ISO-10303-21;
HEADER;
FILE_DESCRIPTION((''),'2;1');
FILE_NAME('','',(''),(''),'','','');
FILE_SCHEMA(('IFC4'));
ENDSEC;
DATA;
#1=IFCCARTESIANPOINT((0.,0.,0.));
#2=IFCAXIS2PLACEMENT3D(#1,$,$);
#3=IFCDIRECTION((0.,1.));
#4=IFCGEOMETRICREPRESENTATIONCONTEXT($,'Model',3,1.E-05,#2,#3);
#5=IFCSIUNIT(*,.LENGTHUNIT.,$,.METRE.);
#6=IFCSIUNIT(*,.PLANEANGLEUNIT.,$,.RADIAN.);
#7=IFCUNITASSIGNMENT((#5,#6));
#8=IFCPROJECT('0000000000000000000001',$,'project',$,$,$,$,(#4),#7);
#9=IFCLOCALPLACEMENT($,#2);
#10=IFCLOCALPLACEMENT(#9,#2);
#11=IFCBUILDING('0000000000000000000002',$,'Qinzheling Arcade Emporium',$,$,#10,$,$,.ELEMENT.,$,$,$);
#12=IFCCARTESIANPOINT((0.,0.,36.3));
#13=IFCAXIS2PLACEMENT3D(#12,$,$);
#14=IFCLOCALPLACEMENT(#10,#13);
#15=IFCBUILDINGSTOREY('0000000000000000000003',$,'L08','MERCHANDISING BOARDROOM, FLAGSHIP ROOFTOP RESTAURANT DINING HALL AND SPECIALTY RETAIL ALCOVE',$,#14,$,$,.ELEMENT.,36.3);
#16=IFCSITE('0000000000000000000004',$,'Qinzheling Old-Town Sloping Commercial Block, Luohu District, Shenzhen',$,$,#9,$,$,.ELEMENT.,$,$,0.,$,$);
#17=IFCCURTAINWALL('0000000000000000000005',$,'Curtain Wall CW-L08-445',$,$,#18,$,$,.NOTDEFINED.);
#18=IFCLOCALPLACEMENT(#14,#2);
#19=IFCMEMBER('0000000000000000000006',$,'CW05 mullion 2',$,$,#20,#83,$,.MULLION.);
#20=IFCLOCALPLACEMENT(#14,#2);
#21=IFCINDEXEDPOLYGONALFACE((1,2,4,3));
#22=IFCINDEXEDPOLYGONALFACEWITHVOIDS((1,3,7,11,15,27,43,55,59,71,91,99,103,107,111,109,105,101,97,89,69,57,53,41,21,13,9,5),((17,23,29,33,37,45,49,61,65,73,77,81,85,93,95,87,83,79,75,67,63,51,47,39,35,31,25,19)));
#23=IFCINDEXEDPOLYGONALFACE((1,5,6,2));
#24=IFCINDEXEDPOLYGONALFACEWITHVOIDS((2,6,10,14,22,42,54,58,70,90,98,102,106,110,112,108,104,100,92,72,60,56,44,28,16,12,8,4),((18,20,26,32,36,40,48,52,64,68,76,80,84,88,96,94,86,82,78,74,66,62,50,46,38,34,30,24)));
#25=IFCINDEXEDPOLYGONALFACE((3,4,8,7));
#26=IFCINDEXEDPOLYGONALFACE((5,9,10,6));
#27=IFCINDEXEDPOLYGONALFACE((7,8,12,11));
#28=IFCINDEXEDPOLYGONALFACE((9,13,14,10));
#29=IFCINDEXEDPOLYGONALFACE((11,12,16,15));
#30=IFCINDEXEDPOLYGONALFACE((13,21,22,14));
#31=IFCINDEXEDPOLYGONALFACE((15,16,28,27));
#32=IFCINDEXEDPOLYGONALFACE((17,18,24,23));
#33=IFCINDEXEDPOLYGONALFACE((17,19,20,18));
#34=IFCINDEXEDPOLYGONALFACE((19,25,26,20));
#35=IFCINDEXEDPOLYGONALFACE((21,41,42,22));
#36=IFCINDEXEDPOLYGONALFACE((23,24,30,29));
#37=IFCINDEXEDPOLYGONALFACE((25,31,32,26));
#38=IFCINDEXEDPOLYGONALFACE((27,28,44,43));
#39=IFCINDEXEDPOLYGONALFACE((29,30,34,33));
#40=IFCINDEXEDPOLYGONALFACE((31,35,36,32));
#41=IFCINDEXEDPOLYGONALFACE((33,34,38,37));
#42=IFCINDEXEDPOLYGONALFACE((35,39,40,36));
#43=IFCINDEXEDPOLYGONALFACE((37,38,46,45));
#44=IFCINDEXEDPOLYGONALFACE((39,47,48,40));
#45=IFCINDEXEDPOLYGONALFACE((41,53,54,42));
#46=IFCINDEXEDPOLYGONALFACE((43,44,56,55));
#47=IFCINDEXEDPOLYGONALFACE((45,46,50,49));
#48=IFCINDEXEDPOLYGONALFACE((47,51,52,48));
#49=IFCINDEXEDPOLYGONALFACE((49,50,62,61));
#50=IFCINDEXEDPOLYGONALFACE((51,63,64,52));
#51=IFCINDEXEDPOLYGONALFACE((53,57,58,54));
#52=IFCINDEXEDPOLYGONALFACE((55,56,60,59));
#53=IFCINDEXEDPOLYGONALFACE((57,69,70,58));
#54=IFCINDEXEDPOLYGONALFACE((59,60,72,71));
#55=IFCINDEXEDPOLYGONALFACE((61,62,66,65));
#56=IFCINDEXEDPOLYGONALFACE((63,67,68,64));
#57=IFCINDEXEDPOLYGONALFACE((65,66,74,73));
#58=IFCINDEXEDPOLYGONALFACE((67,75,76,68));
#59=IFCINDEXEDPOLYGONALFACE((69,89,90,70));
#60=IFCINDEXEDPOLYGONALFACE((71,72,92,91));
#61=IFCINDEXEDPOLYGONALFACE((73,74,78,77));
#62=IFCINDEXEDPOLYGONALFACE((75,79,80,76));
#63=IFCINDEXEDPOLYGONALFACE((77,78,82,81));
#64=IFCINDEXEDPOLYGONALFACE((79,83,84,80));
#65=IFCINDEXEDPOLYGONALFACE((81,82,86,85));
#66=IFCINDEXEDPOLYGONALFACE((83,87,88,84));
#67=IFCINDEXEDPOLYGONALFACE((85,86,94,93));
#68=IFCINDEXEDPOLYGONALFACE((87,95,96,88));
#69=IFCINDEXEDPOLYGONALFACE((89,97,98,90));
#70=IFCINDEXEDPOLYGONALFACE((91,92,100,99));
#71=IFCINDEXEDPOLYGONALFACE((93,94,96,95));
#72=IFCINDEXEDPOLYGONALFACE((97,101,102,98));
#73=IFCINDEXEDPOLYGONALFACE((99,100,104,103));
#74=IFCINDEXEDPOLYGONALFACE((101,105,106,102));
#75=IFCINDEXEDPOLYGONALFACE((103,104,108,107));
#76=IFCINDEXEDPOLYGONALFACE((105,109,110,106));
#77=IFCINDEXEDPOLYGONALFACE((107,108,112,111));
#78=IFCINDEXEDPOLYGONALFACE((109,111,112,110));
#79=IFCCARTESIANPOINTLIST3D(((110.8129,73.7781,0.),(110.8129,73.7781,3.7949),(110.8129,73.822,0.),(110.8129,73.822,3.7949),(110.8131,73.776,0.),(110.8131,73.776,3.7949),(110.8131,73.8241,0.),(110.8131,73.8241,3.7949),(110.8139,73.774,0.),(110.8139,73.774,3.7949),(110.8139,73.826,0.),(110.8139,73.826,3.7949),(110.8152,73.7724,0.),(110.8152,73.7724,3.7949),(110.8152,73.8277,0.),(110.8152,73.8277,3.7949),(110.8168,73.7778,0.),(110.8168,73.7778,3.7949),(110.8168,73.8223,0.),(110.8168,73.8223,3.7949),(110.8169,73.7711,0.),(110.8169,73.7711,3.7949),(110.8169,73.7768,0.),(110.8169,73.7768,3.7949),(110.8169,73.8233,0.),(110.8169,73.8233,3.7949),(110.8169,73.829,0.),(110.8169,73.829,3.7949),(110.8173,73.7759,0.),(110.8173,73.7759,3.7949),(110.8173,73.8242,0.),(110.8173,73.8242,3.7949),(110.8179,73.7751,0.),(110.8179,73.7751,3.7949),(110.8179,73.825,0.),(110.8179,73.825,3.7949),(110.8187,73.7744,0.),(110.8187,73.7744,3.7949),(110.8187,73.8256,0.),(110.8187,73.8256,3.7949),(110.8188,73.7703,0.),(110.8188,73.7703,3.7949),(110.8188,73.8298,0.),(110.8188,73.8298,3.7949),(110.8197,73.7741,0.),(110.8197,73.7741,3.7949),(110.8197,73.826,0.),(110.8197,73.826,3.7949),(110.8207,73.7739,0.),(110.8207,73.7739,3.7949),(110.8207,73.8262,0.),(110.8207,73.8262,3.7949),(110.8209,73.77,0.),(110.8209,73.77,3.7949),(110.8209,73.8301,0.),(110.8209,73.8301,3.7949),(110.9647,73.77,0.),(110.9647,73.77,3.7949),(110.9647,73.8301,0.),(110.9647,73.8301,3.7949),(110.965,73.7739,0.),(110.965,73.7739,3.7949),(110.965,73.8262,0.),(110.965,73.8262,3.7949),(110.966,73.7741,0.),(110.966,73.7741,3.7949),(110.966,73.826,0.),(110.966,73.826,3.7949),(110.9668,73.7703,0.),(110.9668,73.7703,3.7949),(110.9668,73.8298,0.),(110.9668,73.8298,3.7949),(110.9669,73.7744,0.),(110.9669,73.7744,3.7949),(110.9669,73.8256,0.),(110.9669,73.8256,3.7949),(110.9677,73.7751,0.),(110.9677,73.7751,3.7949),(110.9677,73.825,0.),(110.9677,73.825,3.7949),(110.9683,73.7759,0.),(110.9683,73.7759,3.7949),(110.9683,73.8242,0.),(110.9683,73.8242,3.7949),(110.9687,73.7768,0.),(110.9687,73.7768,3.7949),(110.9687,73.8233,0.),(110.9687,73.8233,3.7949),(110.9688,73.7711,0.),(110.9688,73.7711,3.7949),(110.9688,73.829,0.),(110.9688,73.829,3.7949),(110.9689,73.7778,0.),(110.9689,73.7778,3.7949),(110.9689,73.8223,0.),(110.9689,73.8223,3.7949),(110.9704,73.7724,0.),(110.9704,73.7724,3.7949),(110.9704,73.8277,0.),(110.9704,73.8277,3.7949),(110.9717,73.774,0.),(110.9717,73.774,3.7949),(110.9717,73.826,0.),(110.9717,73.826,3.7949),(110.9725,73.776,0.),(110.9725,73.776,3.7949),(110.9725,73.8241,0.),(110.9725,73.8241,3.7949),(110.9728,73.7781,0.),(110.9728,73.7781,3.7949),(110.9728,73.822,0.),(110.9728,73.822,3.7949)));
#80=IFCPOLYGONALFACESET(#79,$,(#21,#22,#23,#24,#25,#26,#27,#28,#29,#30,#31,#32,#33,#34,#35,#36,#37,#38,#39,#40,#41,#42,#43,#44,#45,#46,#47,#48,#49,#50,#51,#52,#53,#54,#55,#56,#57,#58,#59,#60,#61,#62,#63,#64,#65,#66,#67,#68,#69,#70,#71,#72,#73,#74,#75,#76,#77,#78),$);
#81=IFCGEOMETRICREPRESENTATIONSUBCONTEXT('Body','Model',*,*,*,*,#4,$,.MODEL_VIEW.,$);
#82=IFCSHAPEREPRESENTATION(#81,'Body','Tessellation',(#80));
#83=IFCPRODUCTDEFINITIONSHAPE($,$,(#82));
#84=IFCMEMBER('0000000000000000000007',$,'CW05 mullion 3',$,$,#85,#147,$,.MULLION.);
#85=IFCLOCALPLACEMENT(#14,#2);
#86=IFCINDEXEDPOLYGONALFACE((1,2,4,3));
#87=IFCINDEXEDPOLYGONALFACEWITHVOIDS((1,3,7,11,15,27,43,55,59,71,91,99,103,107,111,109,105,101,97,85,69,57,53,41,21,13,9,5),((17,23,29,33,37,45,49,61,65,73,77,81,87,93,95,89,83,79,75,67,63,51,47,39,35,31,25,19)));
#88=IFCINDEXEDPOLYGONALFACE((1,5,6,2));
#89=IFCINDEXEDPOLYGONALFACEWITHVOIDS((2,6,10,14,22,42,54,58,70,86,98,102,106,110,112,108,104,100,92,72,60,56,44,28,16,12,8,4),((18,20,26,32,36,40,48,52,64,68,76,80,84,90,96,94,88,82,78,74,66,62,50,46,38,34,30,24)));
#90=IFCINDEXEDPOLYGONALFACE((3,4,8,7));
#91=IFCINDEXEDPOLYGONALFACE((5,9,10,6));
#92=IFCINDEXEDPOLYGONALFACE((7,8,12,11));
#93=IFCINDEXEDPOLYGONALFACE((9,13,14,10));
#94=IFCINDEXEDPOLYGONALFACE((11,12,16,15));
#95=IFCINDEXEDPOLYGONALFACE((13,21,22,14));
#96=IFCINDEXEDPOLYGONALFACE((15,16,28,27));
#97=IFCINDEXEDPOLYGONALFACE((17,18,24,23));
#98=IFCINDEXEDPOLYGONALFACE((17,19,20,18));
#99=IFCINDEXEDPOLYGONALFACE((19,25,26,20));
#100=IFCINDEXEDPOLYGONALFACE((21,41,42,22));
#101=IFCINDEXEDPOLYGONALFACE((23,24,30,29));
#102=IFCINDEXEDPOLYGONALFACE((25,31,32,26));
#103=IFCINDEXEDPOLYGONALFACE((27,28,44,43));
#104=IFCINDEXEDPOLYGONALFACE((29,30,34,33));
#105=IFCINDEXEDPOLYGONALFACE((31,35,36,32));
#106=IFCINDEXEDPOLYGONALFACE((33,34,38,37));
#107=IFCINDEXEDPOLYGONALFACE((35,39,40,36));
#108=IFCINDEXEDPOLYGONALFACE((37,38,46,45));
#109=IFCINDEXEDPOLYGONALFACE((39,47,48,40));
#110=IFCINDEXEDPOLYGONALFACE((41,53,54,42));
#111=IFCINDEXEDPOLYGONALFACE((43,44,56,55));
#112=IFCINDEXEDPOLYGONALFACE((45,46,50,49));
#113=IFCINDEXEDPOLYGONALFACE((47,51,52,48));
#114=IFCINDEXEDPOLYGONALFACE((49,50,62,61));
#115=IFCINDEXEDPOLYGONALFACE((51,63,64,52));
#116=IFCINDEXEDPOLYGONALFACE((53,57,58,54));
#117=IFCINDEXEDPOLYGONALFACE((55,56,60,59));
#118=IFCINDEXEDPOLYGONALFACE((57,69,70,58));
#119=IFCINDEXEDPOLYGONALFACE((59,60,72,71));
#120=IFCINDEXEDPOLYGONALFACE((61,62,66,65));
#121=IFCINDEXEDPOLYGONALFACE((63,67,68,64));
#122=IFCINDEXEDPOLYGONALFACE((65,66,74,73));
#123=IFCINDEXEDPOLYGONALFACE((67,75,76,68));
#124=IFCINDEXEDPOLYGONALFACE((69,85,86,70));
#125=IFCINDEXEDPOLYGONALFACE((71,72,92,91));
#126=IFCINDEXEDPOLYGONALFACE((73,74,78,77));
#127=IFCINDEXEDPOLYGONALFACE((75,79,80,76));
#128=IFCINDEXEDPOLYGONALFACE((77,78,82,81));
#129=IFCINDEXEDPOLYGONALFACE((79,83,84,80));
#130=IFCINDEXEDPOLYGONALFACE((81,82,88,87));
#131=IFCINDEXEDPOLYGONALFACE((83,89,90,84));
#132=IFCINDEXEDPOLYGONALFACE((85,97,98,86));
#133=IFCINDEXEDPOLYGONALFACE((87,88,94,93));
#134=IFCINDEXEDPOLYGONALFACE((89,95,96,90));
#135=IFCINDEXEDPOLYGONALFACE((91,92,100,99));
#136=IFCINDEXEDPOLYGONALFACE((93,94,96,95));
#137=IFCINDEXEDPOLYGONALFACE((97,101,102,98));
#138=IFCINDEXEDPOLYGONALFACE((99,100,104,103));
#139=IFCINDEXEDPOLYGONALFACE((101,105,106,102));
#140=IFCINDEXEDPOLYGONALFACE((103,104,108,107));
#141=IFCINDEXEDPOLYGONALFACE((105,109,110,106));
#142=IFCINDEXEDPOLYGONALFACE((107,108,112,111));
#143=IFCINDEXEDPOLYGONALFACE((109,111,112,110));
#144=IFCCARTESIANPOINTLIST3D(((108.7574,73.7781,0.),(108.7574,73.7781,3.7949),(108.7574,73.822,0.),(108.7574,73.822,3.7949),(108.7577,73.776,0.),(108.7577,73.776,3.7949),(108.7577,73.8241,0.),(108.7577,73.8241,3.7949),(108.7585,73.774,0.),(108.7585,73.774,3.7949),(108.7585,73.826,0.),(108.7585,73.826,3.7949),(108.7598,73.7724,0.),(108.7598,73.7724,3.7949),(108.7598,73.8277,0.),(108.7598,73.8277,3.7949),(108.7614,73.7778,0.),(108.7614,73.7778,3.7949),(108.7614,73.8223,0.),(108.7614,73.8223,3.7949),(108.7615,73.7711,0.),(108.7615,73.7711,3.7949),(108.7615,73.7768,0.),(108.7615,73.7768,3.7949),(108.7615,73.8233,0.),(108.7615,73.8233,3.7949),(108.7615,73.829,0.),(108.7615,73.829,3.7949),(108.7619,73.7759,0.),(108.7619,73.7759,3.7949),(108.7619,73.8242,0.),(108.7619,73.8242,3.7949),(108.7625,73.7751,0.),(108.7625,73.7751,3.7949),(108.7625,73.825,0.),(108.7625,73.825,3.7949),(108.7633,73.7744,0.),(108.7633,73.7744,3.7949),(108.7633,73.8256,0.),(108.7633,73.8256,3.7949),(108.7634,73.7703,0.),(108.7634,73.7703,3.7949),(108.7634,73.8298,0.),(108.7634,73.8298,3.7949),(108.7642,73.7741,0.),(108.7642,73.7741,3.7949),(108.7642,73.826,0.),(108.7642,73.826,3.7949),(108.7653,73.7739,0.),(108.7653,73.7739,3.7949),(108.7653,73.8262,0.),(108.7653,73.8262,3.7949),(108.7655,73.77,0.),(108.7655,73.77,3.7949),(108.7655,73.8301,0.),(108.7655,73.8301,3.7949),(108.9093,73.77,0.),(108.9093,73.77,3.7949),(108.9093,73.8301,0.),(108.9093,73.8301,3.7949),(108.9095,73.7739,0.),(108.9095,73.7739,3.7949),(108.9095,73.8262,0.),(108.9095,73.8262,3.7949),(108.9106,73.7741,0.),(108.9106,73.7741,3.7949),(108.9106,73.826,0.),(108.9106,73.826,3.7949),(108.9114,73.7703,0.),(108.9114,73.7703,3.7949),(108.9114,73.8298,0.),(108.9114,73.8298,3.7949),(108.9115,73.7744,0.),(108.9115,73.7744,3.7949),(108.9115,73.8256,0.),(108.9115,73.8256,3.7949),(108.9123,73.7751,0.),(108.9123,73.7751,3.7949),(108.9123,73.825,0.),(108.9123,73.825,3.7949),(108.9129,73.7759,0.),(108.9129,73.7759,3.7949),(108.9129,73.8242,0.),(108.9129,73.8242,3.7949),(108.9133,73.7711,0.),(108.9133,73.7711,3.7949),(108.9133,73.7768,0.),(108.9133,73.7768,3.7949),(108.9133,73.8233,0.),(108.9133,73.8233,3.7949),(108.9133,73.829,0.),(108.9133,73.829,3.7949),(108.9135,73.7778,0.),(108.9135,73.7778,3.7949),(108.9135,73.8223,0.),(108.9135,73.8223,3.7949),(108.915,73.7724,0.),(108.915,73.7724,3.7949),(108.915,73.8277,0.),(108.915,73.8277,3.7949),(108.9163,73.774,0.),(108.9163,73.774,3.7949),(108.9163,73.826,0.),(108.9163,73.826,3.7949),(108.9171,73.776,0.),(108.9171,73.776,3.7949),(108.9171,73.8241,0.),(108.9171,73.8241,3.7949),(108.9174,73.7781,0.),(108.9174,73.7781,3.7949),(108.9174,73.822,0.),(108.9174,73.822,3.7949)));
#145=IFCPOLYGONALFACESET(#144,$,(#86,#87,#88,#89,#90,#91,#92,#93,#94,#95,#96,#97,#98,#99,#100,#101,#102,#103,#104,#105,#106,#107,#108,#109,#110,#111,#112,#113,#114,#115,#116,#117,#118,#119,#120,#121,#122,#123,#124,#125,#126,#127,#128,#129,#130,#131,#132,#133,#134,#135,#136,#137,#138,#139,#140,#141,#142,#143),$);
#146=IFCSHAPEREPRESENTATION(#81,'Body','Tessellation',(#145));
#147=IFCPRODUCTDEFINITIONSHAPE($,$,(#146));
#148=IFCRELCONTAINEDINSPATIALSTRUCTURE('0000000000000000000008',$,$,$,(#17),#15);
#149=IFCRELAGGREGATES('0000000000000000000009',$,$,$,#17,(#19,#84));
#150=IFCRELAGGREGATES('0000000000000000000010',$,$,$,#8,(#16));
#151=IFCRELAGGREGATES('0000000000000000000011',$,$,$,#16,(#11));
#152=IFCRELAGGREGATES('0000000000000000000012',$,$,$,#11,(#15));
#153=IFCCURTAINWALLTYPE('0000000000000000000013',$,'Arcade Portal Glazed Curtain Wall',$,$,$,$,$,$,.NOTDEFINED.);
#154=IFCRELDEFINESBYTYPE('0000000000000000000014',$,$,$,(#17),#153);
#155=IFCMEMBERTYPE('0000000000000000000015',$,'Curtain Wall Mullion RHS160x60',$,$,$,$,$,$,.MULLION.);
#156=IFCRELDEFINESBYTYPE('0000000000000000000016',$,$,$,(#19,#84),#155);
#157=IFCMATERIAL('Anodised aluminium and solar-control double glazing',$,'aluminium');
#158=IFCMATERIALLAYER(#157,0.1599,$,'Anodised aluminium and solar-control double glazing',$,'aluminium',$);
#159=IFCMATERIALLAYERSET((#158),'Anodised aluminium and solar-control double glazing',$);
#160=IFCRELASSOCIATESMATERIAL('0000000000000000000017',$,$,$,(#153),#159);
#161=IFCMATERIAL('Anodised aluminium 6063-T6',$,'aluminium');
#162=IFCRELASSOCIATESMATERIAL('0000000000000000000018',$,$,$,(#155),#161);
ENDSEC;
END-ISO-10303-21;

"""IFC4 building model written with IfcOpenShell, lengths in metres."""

from ifc_helpers import new_model, si_unit, direction, frame, origin, origin_2d, place, context, subcontext, project, spatial, hollow_rectangle, extrude, material, layer, layer_set, material_profile, profile_set, type_object, element, aggregate, save


model = new_model("IFC4")

# Units and contexts
model_context = context("Model", 3, precision=1e-05, world=origin(), true_north=direction((0.0, 1.0)))
body_context = subcontext(model_context, "Body", "Model", "MODEL_VIEW")
ifc_project = project(units=[si_unit("LENGTHUNIT", "METRE"), si_unit("PLANEANGLEUNIT", "RADIAN")], contexts=[model_context])

# Site, building, storey
site_placement = place(None, origin())
site = spatial("IfcSite", under=ifc_project, at=site_placement, Name="Qinzheling Old-Town Sloping Commercial Block, Luohu District, Shenzhen", CompositionType="ELEMENT", RefElevation=0.0)
building_placement = place(site_placement, origin())
building = spatial("IfcBuilding", under=site, at=building_placement, Name="Qinzheling Arcade Emporium", CompositionType="ELEMENT")
storey_placement = place(building_placement, frame((0.0, 0.0, 36.3)))
storey = spatial("IfcBuildingStorey", under=building, at=storey_placement, Name="L08", Description="MERCHANDISING BOARDROOM, FLAGSHIP ROOFTOP RESTAURANT DINING HALL AND SPECIALTY RETAIL ALCOVE", CompositionType="ELEMENT", Elevation=36.3)

# Curtain wall, members
ifc_material_1 = material(Name="Anodised aluminium and solar-control double glazing", Category="aluminium")
ifc_layer_1 = layer(ifc_material_1, 0.1599, Name="Anodised aluminium and solar-control double glazing", Category="aluminium")
ifc_layer_set_1 = layer_set([ifc_layer_1], Name="Anodised aluminium and solar-control double glazing")
curtain_wall_type = type_object("IfcCurtainWallType", Name="Arcade Portal Glazed Curtain Wall", PredefinedType="NOTDEFINED", material=ifc_layer_set_1)
curtain_wall_placement = place(storey_placement, origin())
curtain_wall = element("IfcCurtainWall", 1, at=curtain_wall_placement, inside=storey, type_object=curtain_wall_type, Name="Curtain Wall CW-L08-445", PredefinedType="NOTDEFINED")
ifc_material_2 = material(Name="Anodised aluminium 6063-T6", Category="aluminium")
ifc_material_profile_1 = material_profile(ifc_material_2, hollow_rectangle(XDim=0.0601, YDim=0.1599, WallThickness=0.0039, InnerFilletRadius=0.0039, OuterFilletRadius=0.0081, at=origin_2d()), Name="RHS 160x60x4", Category="aluminium")
ifc_profile_set_1 = profile_set([ifc_material_profile_1], Name="Anodised aluminium 6063-T6")
member_type_1 = type_object("IfcMemberType", Name="Curtain Wall Mullion RHS160x60", PredefinedType="MULLION", material=ifc_profile_set_1)
member_1_placement = place(storey_placement, frame((110.8928, 73.8, 0.0), z_axis=(0.0, 0.0, 1.0), x_axis=(0.0, -1.0, 0.0)))
member_1 = element("IfcMember", 2, at=member_1_placement, type_object=member_type_1, Name="CW05 mullion 2", PredefinedType="MULLION", context=body_context, shape_type="SweptSolid", body=[
    extrude(hollow_rectangle(XDim=0.0601, YDim=0.1599, WallThickness=0.0039, InnerFilletRadius=0.0039, OuterFilletRadius=0.0081, at=origin_2d()), origin(), (0.0, 0.0, 1.0), 3.7949),
])
member_2_placement = place(storey_placement, frame((108.8374, 73.8, 0.0), z_axis=(0.0, 0.0, 1.0), x_axis=(0.0, -1.0, 0.0)))
member_2 = element("IfcMember", 3, at=member_2_placement, type_object=member_type_1, Name="CW05 mullion 3", PredefinedType="MULLION", context=body_context, shape_type="SweptSolid", body=[
    extrude(hollow_rectangle(XDim=0.0601, YDim=0.1599, WallThickness=0.0039, InnerFilletRadius=0.0039, OuterFilletRadius=0.0081, at=origin_2d()), origin(), (0.0, 0.0, 1.0), 3.7949),
])

aggregate(curtain_wall, [member_1, member_2])

save(model, "model.ifc")
